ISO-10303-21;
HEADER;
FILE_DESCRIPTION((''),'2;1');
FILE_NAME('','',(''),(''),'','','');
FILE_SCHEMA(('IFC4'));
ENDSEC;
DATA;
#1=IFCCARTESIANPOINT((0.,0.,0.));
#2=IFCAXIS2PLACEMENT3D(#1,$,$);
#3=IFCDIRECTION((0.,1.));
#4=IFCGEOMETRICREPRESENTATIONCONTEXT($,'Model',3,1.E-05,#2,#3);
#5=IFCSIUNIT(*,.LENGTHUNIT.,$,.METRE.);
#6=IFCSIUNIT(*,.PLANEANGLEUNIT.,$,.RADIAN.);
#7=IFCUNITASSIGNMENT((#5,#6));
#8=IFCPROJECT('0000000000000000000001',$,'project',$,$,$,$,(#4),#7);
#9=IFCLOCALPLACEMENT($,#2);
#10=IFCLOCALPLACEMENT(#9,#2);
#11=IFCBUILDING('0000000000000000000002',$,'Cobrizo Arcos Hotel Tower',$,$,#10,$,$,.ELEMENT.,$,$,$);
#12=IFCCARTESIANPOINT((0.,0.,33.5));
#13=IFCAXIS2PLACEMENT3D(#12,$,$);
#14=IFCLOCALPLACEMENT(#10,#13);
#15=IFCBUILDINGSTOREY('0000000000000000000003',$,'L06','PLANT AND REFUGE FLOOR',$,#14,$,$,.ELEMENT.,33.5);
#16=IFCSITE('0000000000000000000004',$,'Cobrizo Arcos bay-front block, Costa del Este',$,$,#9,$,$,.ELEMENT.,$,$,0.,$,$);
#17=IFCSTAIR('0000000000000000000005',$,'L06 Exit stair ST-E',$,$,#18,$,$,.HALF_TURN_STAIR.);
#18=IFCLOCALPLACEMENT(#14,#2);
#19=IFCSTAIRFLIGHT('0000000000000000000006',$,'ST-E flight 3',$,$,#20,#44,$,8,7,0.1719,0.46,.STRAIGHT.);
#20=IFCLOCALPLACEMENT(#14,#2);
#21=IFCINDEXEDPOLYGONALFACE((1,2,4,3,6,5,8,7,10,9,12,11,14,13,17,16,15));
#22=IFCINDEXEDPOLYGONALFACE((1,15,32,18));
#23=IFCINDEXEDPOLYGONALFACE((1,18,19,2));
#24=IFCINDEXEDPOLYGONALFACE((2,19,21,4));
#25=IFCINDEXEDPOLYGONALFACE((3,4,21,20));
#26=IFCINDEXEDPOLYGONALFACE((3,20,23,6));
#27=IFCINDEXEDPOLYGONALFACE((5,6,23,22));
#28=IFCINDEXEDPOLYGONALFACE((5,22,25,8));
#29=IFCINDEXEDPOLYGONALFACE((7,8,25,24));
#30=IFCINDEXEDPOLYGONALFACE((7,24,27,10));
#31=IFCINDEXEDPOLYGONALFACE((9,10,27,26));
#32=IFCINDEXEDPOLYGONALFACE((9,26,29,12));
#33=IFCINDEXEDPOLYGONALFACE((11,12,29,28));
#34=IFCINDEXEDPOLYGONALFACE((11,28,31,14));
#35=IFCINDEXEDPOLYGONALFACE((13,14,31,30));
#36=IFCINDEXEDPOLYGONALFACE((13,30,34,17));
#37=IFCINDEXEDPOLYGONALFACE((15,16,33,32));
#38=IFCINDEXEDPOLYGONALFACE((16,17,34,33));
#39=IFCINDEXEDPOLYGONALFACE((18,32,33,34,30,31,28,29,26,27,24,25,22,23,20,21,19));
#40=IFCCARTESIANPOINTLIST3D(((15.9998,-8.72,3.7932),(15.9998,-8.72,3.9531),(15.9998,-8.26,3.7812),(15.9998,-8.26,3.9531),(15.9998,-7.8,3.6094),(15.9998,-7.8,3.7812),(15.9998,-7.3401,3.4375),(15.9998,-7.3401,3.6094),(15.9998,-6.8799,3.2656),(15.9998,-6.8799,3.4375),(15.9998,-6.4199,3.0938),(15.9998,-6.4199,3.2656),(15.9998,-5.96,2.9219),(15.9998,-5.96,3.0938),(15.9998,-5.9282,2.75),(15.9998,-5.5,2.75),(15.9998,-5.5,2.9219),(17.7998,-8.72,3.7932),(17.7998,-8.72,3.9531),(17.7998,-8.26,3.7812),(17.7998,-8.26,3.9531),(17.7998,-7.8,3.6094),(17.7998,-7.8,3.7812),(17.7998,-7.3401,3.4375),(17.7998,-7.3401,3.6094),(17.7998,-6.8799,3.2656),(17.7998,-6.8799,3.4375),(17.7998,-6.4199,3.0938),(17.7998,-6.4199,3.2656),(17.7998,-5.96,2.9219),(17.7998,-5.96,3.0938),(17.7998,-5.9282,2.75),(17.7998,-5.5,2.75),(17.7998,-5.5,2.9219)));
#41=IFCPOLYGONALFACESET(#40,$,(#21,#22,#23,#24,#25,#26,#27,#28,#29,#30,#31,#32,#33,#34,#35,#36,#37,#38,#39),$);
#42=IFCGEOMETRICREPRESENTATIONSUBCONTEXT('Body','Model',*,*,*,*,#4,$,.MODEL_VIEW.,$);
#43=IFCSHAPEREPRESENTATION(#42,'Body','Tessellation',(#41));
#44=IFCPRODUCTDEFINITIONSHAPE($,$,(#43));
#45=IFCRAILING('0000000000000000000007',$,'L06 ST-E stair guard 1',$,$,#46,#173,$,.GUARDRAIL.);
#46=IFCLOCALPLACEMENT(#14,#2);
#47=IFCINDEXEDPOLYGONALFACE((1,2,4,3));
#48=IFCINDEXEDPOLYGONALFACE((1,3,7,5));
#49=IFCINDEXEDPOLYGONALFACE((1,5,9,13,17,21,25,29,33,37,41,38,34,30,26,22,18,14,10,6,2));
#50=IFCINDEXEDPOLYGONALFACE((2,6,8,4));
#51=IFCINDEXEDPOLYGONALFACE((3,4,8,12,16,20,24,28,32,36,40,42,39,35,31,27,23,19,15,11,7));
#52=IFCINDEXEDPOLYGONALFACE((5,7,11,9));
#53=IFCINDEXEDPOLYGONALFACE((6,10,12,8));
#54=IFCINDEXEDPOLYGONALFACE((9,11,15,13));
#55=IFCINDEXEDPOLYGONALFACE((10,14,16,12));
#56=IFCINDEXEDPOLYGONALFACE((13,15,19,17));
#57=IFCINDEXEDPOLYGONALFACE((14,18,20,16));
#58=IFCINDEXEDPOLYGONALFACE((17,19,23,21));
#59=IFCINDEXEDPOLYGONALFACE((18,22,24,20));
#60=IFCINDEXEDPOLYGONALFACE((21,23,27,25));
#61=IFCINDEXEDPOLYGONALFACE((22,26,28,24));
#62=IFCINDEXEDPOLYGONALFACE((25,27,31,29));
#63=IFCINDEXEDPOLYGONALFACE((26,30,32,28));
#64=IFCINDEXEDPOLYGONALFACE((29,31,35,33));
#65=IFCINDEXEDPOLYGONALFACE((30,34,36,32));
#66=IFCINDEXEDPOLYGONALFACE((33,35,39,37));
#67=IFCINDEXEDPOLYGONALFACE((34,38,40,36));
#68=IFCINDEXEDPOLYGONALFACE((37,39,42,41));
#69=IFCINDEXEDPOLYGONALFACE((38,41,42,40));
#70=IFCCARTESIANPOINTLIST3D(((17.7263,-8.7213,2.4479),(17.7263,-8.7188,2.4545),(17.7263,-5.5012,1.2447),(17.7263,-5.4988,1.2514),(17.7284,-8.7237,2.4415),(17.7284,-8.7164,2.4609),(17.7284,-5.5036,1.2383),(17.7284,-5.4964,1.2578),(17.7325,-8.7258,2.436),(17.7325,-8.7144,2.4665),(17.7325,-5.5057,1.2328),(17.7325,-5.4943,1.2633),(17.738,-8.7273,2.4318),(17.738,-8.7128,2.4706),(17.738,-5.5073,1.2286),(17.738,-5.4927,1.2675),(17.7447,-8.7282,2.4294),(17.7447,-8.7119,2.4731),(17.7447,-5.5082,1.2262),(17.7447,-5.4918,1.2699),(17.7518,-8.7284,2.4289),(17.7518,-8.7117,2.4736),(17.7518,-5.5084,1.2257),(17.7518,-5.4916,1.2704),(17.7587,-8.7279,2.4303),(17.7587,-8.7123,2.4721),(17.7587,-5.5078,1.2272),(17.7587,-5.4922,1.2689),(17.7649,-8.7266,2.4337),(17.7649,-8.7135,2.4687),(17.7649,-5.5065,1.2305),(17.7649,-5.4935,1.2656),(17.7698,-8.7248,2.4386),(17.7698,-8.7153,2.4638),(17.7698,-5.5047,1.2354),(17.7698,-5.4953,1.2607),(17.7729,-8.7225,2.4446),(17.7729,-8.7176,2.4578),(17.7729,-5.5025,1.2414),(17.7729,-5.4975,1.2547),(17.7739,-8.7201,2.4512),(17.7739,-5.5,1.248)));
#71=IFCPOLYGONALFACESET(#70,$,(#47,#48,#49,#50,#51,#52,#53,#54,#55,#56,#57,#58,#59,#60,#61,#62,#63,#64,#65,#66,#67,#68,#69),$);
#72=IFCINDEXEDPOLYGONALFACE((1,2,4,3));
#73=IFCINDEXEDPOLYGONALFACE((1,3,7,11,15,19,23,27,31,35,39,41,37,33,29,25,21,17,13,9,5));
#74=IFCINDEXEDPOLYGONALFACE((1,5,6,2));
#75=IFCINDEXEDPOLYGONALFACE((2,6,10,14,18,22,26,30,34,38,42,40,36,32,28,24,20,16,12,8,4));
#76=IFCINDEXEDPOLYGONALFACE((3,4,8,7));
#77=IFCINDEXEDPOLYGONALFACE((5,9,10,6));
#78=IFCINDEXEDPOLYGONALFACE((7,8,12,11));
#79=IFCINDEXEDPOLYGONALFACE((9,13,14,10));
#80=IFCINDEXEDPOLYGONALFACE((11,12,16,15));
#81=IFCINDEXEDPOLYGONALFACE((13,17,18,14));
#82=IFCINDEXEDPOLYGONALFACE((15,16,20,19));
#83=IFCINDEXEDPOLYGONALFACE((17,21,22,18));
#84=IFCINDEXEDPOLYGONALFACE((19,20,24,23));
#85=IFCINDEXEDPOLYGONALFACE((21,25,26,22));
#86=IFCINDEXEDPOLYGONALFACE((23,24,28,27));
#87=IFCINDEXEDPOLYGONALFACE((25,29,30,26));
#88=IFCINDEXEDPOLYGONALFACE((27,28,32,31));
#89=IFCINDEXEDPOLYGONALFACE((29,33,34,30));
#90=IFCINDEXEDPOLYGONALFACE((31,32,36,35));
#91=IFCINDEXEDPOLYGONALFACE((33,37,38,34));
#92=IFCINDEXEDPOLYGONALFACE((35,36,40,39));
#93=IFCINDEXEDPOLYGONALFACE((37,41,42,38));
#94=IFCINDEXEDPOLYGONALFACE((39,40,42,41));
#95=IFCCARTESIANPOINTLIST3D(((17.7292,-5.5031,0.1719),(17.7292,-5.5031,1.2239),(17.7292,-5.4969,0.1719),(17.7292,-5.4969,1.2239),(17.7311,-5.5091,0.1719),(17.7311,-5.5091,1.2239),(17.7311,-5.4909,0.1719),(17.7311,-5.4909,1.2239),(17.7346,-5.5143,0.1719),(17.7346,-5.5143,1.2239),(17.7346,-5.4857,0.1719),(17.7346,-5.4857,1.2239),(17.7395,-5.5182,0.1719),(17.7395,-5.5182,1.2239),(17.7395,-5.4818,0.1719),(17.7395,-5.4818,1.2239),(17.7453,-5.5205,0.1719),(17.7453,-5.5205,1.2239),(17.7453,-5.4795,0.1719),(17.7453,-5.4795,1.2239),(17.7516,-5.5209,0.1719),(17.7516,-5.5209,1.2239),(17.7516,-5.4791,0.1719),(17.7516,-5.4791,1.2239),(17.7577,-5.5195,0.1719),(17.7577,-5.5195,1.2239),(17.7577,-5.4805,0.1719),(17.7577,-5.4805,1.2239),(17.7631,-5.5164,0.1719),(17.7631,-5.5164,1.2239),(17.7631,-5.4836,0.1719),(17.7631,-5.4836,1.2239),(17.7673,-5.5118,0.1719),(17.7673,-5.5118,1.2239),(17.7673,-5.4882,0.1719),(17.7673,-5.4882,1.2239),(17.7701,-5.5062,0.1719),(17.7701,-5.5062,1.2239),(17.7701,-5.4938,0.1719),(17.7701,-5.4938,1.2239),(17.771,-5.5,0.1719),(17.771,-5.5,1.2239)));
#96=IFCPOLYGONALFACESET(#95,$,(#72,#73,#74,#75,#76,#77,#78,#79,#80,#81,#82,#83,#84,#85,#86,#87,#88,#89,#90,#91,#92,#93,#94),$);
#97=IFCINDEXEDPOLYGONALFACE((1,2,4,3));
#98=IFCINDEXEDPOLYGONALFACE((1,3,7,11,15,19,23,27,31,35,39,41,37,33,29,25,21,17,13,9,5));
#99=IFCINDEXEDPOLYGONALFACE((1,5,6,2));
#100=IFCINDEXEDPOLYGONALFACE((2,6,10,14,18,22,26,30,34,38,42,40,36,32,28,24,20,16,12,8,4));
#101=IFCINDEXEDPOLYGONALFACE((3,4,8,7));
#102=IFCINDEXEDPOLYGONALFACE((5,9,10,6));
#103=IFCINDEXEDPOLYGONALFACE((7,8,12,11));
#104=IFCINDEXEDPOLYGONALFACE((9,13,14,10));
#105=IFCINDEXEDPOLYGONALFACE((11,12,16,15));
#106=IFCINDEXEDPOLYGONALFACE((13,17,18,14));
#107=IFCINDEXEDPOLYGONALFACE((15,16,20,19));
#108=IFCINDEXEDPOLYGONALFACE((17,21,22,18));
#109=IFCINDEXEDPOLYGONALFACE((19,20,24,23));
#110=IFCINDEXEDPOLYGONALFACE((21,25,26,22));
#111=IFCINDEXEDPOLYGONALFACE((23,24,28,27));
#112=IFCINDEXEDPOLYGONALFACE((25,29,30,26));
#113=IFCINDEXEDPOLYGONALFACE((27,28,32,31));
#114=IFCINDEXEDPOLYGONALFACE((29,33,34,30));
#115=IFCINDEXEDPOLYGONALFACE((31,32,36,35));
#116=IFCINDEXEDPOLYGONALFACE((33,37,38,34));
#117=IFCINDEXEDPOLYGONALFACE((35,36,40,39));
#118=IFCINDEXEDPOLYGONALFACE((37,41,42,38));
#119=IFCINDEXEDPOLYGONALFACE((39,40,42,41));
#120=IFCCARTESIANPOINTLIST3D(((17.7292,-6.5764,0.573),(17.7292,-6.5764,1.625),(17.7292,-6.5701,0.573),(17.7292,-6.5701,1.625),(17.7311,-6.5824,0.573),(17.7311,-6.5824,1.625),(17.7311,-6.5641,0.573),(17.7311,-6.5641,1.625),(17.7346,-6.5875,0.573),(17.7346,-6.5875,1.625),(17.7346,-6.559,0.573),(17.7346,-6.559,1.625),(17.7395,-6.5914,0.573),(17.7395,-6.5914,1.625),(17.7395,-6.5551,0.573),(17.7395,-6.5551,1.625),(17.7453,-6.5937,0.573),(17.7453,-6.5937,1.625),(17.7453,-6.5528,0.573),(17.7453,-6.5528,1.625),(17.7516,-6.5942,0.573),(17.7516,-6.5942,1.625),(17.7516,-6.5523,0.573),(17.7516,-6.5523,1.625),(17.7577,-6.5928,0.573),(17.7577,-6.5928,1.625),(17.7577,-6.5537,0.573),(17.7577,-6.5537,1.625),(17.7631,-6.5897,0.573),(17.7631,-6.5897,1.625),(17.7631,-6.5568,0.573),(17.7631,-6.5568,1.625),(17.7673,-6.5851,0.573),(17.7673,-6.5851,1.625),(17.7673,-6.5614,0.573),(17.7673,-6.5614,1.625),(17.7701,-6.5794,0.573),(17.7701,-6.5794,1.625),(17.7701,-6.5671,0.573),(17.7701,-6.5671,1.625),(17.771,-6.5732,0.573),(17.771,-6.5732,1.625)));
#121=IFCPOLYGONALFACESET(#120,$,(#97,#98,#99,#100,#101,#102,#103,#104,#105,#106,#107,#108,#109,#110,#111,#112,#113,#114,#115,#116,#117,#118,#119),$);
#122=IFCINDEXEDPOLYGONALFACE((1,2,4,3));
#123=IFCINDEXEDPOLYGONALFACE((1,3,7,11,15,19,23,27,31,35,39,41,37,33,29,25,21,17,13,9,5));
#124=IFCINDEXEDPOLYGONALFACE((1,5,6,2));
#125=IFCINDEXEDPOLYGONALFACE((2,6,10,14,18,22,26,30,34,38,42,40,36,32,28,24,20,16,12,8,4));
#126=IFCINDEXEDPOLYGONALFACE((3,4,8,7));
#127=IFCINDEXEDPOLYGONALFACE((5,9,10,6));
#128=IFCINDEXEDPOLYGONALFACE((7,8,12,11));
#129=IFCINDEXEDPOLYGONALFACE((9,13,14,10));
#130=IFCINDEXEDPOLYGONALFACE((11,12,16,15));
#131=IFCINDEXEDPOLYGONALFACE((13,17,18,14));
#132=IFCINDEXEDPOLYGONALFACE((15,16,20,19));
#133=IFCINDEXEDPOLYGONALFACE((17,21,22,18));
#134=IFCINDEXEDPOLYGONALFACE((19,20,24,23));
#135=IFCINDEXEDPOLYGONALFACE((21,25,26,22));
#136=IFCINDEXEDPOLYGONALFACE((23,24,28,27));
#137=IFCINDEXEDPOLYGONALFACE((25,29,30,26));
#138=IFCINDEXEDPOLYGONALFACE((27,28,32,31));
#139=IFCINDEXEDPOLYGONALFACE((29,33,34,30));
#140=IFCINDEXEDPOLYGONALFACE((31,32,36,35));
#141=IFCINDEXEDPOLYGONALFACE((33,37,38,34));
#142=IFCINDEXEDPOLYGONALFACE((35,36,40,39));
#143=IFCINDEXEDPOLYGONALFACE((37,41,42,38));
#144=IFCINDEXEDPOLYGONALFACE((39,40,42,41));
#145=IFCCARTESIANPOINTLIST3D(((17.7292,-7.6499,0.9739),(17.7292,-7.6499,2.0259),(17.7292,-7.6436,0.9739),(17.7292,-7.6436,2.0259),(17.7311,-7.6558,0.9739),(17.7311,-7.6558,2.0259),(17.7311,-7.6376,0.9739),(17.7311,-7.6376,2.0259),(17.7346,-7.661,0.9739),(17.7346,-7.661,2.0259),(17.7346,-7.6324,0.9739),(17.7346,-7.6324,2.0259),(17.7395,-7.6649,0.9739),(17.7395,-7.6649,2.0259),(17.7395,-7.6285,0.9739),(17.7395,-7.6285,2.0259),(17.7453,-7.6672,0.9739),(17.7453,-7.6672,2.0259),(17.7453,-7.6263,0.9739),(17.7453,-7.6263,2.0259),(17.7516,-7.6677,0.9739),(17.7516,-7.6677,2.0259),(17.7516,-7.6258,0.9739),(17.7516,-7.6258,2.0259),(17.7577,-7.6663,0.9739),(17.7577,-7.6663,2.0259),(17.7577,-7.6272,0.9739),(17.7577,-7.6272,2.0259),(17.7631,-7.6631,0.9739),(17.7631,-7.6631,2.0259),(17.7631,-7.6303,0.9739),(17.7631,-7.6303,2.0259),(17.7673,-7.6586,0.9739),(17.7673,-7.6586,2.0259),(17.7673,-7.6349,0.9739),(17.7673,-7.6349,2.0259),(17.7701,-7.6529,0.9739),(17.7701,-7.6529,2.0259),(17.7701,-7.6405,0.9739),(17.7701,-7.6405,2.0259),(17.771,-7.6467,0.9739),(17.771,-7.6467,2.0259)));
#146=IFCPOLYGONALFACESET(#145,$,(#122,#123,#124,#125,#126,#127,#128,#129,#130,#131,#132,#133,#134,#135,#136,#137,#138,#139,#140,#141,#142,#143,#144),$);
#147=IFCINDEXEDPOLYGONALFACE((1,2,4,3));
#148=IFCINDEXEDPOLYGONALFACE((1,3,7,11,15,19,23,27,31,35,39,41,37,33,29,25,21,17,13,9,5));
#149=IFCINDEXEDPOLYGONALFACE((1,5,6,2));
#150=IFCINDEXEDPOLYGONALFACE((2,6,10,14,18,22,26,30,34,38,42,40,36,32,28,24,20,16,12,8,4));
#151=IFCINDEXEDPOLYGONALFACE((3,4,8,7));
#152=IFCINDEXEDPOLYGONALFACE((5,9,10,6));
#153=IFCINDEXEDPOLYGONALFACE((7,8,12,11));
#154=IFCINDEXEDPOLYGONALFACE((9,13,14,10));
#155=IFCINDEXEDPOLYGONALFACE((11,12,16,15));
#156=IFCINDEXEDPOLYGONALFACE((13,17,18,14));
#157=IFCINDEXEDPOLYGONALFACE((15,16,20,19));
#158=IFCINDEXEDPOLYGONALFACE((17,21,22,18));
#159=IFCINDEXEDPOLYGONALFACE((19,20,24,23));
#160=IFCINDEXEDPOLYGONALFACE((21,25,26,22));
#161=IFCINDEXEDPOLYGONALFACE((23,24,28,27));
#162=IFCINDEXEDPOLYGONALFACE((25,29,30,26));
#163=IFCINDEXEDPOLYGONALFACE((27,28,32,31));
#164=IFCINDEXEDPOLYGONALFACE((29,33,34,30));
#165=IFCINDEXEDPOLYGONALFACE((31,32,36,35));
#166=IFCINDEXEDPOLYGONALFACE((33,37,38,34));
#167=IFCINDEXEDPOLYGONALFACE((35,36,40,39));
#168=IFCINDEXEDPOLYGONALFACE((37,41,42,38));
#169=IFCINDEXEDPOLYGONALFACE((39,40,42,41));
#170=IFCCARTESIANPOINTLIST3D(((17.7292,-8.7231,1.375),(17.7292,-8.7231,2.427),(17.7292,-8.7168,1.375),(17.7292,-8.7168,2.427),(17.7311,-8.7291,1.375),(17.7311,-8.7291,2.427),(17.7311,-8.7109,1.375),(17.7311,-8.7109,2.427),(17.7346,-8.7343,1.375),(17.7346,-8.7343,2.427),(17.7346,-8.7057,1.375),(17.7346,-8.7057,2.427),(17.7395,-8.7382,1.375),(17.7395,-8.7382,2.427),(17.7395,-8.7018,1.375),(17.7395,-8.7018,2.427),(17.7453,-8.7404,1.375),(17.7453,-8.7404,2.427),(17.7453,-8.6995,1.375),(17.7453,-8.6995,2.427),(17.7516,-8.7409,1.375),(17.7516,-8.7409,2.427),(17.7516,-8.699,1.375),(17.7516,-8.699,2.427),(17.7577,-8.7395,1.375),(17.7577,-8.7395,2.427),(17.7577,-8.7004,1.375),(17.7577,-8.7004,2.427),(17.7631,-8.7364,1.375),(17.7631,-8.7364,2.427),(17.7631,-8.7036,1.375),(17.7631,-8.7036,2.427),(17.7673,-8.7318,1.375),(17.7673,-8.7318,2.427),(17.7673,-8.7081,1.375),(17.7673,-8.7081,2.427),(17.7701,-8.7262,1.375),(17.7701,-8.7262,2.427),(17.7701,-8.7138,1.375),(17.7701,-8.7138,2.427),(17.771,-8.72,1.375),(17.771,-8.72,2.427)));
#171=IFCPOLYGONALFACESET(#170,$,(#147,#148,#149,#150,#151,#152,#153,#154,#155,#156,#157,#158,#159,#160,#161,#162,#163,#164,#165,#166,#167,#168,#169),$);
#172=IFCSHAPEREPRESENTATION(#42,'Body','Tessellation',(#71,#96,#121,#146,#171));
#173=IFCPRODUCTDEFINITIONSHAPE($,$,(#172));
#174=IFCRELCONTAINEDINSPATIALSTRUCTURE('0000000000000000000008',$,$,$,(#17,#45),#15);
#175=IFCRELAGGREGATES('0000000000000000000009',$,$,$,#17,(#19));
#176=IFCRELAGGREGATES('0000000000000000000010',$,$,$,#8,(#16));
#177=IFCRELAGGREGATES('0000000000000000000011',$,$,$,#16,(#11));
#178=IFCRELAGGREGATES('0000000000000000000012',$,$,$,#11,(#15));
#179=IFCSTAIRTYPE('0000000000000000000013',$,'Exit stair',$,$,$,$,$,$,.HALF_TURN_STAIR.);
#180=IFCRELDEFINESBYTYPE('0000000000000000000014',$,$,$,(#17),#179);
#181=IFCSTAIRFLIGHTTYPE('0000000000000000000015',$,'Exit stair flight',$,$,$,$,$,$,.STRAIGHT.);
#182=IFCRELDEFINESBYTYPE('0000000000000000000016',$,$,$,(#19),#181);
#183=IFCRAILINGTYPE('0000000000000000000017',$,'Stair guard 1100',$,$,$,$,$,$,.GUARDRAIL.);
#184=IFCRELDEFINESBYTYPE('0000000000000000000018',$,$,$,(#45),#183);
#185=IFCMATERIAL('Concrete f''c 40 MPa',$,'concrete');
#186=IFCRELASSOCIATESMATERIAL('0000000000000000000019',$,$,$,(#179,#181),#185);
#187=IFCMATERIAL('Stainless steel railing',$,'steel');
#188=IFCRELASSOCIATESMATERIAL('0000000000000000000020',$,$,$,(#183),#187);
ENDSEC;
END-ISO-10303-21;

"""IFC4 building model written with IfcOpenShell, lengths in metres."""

from ifc_helpers import new_model, si_unit, direction, frame, origin, origin_2d, place, context, subcontext, project, spatial, polyline, circle, outline, extrude, material, type_object, element, aggregate, save


model = new_model("IFC4")

# Units and contexts
model_context = context("Model", 3, precision=1e-05, world=origin(), true_north=direction((0.0, 1.0)))
body_context = subcontext(model_context, "Body", "Model", "MODEL_VIEW")
ifc_project = project(units=[si_unit("LENGTHUNIT", "METRE"), si_unit("PLANEANGLEUNIT", "RADIAN")], contexts=[model_context])

# Site, building, storey
site_placement = place(None, origin())
site = spatial("IfcSite", under=ifc_project, at=site_placement, Name="Cobrizo Arcos bay-front block, Costa del Este", CompositionType="ELEMENT", RefElevation=0.0)
building_placement = place(site_placement, origin())
building = spatial("IfcBuilding", under=site, at=building_placement, Name="Cobrizo Arcos Hotel Tower", CompositionType="ELEMENT")
storey_placement = place(building_placement, frame((0.0, 0.0, 33.5)))
storey = spatial("IfcBuildingStorey", under=building, at=storey_placement, Name="L06", Description="PLANT AND REFUGE FLOOR", CompositionType="ELEMENT", Elevation=33.5)

# Shared definitions
ifc_material_1 = material(Name="Concrete f'c 40 MPa", Category="concrete")

# Stair, stair flight
stair_type = type_object("IfcStairType", Name="Exit stair", PredefinedType="HALF_TURN_STAIR", material=ifc_material_1)
stair_placement = place(storey_placement, origin())
stair = element("IfcStair", 1, at=stair_placement, inside=storey, type_object=stair_type, Name="L06 Exit stair ST-E", PredefinedType="HALF_TURN_STAIR")
stair_flight_type = type_object("IfcStairFlightType", Name="Exit stair flight", PredefinedType="STRAIGHT", material=ifc_material_1)
stair_flight_1_placement = place(storey_placement, frame((16.8999, -5.5, 2.75), z_axis=(0.0, 0.0, 1.0), x_axis=(0.0, -1.0, 0.0)))
stair_flight_1 = element("IfcStairFlight", 2, at=stair_flight_1_placement, type_object=stair_flight_type, Name="ST-E flight 3", NumberOfRisers=8, NumberOfTreads=7, PredefinedType="STRAIGHT", RiserHeight=0.1719, TreadLength=0.46, context=body_context, shape_type="SweptSolid", body=[
    extrude(outline(polyline([(0.0, 0.0), (0.0, 0.1719), (0.46, 0.1719), (0.46, 0.3438), (0.9199, 0.3438), (0.9199, 0.5156), (1.3799, 0.5156), (1.3799, 0.6875), (1.8401, 0.6875), (1.8401, 0.8594), (2.3, 0.8594), (2.3, 1.0312), (2.76, 1.0312), (2.76, 1.2031), (3.22, 1.2031), (3.22, 1.375), (3.22, 1.0432), (0.4282, 0.0), (0.0, 0.0)])), frame((0.0, 0.8999, 0.0), z_axis=(0.0, -1.0, 0.0), x_axis=(1.0, 0.0, 0.0)), (0.0, 0.0, 1.0), 1.8),
])
aggregate(stair, [stair_flight_1])

# Railing
ifc_material_2 = material(Name="Stainless steel railing", Category="steel")
railing_type_1 = type_object("IfcRailingType", Name="Stair guard 1100", PredefinedType="GUARDRAIL", material=ifc_material_2)
railing_1_placement = place(storey_placement, frame((17.75, -5.5, 0.1719)))
element("IfcRailing", 3, at=railing_1_placement, inside=storey, type_object=railing_type_1, Name="L06 ST-E stair guard 1", PredefinedType="GUARDRAIL", context=body_context, shape_type="SweptSolid", body=[
    extrude(circle(Radius=0.0239, at=origin_2d()), frame((0.0, 0.0, 1.0762), z_axis=(0.0, -0.936746, 0.35001), x_axis=(1.0, 0.0, 0.0)), (0.0, 0.0, 1.0), 3.4375),
    extrude(circle(Radius=0.021, at=origin_2d()), origin(), (0.0, 0.0, 1.0), 1.052),
    extrude(circle(Radius=0.021, at=origin_2d()), frame((0.0, -1.0732, 0.4011)), (0.0, 0.0, 1.0), 1.052),
    extrude(circle(Radius=0.021, at=origin_2d()), frame((0.0, -2.1467, 0.802)), (0.0, 0.0, 1.0), 1.052),
    extrude(circle(Radius=0.021, at=origin_2d()), frame((0.0, -3.22, 1.2031)), (0.0, 0.0, 1.0), 1.052),
])

save(model, "model.ifc")
